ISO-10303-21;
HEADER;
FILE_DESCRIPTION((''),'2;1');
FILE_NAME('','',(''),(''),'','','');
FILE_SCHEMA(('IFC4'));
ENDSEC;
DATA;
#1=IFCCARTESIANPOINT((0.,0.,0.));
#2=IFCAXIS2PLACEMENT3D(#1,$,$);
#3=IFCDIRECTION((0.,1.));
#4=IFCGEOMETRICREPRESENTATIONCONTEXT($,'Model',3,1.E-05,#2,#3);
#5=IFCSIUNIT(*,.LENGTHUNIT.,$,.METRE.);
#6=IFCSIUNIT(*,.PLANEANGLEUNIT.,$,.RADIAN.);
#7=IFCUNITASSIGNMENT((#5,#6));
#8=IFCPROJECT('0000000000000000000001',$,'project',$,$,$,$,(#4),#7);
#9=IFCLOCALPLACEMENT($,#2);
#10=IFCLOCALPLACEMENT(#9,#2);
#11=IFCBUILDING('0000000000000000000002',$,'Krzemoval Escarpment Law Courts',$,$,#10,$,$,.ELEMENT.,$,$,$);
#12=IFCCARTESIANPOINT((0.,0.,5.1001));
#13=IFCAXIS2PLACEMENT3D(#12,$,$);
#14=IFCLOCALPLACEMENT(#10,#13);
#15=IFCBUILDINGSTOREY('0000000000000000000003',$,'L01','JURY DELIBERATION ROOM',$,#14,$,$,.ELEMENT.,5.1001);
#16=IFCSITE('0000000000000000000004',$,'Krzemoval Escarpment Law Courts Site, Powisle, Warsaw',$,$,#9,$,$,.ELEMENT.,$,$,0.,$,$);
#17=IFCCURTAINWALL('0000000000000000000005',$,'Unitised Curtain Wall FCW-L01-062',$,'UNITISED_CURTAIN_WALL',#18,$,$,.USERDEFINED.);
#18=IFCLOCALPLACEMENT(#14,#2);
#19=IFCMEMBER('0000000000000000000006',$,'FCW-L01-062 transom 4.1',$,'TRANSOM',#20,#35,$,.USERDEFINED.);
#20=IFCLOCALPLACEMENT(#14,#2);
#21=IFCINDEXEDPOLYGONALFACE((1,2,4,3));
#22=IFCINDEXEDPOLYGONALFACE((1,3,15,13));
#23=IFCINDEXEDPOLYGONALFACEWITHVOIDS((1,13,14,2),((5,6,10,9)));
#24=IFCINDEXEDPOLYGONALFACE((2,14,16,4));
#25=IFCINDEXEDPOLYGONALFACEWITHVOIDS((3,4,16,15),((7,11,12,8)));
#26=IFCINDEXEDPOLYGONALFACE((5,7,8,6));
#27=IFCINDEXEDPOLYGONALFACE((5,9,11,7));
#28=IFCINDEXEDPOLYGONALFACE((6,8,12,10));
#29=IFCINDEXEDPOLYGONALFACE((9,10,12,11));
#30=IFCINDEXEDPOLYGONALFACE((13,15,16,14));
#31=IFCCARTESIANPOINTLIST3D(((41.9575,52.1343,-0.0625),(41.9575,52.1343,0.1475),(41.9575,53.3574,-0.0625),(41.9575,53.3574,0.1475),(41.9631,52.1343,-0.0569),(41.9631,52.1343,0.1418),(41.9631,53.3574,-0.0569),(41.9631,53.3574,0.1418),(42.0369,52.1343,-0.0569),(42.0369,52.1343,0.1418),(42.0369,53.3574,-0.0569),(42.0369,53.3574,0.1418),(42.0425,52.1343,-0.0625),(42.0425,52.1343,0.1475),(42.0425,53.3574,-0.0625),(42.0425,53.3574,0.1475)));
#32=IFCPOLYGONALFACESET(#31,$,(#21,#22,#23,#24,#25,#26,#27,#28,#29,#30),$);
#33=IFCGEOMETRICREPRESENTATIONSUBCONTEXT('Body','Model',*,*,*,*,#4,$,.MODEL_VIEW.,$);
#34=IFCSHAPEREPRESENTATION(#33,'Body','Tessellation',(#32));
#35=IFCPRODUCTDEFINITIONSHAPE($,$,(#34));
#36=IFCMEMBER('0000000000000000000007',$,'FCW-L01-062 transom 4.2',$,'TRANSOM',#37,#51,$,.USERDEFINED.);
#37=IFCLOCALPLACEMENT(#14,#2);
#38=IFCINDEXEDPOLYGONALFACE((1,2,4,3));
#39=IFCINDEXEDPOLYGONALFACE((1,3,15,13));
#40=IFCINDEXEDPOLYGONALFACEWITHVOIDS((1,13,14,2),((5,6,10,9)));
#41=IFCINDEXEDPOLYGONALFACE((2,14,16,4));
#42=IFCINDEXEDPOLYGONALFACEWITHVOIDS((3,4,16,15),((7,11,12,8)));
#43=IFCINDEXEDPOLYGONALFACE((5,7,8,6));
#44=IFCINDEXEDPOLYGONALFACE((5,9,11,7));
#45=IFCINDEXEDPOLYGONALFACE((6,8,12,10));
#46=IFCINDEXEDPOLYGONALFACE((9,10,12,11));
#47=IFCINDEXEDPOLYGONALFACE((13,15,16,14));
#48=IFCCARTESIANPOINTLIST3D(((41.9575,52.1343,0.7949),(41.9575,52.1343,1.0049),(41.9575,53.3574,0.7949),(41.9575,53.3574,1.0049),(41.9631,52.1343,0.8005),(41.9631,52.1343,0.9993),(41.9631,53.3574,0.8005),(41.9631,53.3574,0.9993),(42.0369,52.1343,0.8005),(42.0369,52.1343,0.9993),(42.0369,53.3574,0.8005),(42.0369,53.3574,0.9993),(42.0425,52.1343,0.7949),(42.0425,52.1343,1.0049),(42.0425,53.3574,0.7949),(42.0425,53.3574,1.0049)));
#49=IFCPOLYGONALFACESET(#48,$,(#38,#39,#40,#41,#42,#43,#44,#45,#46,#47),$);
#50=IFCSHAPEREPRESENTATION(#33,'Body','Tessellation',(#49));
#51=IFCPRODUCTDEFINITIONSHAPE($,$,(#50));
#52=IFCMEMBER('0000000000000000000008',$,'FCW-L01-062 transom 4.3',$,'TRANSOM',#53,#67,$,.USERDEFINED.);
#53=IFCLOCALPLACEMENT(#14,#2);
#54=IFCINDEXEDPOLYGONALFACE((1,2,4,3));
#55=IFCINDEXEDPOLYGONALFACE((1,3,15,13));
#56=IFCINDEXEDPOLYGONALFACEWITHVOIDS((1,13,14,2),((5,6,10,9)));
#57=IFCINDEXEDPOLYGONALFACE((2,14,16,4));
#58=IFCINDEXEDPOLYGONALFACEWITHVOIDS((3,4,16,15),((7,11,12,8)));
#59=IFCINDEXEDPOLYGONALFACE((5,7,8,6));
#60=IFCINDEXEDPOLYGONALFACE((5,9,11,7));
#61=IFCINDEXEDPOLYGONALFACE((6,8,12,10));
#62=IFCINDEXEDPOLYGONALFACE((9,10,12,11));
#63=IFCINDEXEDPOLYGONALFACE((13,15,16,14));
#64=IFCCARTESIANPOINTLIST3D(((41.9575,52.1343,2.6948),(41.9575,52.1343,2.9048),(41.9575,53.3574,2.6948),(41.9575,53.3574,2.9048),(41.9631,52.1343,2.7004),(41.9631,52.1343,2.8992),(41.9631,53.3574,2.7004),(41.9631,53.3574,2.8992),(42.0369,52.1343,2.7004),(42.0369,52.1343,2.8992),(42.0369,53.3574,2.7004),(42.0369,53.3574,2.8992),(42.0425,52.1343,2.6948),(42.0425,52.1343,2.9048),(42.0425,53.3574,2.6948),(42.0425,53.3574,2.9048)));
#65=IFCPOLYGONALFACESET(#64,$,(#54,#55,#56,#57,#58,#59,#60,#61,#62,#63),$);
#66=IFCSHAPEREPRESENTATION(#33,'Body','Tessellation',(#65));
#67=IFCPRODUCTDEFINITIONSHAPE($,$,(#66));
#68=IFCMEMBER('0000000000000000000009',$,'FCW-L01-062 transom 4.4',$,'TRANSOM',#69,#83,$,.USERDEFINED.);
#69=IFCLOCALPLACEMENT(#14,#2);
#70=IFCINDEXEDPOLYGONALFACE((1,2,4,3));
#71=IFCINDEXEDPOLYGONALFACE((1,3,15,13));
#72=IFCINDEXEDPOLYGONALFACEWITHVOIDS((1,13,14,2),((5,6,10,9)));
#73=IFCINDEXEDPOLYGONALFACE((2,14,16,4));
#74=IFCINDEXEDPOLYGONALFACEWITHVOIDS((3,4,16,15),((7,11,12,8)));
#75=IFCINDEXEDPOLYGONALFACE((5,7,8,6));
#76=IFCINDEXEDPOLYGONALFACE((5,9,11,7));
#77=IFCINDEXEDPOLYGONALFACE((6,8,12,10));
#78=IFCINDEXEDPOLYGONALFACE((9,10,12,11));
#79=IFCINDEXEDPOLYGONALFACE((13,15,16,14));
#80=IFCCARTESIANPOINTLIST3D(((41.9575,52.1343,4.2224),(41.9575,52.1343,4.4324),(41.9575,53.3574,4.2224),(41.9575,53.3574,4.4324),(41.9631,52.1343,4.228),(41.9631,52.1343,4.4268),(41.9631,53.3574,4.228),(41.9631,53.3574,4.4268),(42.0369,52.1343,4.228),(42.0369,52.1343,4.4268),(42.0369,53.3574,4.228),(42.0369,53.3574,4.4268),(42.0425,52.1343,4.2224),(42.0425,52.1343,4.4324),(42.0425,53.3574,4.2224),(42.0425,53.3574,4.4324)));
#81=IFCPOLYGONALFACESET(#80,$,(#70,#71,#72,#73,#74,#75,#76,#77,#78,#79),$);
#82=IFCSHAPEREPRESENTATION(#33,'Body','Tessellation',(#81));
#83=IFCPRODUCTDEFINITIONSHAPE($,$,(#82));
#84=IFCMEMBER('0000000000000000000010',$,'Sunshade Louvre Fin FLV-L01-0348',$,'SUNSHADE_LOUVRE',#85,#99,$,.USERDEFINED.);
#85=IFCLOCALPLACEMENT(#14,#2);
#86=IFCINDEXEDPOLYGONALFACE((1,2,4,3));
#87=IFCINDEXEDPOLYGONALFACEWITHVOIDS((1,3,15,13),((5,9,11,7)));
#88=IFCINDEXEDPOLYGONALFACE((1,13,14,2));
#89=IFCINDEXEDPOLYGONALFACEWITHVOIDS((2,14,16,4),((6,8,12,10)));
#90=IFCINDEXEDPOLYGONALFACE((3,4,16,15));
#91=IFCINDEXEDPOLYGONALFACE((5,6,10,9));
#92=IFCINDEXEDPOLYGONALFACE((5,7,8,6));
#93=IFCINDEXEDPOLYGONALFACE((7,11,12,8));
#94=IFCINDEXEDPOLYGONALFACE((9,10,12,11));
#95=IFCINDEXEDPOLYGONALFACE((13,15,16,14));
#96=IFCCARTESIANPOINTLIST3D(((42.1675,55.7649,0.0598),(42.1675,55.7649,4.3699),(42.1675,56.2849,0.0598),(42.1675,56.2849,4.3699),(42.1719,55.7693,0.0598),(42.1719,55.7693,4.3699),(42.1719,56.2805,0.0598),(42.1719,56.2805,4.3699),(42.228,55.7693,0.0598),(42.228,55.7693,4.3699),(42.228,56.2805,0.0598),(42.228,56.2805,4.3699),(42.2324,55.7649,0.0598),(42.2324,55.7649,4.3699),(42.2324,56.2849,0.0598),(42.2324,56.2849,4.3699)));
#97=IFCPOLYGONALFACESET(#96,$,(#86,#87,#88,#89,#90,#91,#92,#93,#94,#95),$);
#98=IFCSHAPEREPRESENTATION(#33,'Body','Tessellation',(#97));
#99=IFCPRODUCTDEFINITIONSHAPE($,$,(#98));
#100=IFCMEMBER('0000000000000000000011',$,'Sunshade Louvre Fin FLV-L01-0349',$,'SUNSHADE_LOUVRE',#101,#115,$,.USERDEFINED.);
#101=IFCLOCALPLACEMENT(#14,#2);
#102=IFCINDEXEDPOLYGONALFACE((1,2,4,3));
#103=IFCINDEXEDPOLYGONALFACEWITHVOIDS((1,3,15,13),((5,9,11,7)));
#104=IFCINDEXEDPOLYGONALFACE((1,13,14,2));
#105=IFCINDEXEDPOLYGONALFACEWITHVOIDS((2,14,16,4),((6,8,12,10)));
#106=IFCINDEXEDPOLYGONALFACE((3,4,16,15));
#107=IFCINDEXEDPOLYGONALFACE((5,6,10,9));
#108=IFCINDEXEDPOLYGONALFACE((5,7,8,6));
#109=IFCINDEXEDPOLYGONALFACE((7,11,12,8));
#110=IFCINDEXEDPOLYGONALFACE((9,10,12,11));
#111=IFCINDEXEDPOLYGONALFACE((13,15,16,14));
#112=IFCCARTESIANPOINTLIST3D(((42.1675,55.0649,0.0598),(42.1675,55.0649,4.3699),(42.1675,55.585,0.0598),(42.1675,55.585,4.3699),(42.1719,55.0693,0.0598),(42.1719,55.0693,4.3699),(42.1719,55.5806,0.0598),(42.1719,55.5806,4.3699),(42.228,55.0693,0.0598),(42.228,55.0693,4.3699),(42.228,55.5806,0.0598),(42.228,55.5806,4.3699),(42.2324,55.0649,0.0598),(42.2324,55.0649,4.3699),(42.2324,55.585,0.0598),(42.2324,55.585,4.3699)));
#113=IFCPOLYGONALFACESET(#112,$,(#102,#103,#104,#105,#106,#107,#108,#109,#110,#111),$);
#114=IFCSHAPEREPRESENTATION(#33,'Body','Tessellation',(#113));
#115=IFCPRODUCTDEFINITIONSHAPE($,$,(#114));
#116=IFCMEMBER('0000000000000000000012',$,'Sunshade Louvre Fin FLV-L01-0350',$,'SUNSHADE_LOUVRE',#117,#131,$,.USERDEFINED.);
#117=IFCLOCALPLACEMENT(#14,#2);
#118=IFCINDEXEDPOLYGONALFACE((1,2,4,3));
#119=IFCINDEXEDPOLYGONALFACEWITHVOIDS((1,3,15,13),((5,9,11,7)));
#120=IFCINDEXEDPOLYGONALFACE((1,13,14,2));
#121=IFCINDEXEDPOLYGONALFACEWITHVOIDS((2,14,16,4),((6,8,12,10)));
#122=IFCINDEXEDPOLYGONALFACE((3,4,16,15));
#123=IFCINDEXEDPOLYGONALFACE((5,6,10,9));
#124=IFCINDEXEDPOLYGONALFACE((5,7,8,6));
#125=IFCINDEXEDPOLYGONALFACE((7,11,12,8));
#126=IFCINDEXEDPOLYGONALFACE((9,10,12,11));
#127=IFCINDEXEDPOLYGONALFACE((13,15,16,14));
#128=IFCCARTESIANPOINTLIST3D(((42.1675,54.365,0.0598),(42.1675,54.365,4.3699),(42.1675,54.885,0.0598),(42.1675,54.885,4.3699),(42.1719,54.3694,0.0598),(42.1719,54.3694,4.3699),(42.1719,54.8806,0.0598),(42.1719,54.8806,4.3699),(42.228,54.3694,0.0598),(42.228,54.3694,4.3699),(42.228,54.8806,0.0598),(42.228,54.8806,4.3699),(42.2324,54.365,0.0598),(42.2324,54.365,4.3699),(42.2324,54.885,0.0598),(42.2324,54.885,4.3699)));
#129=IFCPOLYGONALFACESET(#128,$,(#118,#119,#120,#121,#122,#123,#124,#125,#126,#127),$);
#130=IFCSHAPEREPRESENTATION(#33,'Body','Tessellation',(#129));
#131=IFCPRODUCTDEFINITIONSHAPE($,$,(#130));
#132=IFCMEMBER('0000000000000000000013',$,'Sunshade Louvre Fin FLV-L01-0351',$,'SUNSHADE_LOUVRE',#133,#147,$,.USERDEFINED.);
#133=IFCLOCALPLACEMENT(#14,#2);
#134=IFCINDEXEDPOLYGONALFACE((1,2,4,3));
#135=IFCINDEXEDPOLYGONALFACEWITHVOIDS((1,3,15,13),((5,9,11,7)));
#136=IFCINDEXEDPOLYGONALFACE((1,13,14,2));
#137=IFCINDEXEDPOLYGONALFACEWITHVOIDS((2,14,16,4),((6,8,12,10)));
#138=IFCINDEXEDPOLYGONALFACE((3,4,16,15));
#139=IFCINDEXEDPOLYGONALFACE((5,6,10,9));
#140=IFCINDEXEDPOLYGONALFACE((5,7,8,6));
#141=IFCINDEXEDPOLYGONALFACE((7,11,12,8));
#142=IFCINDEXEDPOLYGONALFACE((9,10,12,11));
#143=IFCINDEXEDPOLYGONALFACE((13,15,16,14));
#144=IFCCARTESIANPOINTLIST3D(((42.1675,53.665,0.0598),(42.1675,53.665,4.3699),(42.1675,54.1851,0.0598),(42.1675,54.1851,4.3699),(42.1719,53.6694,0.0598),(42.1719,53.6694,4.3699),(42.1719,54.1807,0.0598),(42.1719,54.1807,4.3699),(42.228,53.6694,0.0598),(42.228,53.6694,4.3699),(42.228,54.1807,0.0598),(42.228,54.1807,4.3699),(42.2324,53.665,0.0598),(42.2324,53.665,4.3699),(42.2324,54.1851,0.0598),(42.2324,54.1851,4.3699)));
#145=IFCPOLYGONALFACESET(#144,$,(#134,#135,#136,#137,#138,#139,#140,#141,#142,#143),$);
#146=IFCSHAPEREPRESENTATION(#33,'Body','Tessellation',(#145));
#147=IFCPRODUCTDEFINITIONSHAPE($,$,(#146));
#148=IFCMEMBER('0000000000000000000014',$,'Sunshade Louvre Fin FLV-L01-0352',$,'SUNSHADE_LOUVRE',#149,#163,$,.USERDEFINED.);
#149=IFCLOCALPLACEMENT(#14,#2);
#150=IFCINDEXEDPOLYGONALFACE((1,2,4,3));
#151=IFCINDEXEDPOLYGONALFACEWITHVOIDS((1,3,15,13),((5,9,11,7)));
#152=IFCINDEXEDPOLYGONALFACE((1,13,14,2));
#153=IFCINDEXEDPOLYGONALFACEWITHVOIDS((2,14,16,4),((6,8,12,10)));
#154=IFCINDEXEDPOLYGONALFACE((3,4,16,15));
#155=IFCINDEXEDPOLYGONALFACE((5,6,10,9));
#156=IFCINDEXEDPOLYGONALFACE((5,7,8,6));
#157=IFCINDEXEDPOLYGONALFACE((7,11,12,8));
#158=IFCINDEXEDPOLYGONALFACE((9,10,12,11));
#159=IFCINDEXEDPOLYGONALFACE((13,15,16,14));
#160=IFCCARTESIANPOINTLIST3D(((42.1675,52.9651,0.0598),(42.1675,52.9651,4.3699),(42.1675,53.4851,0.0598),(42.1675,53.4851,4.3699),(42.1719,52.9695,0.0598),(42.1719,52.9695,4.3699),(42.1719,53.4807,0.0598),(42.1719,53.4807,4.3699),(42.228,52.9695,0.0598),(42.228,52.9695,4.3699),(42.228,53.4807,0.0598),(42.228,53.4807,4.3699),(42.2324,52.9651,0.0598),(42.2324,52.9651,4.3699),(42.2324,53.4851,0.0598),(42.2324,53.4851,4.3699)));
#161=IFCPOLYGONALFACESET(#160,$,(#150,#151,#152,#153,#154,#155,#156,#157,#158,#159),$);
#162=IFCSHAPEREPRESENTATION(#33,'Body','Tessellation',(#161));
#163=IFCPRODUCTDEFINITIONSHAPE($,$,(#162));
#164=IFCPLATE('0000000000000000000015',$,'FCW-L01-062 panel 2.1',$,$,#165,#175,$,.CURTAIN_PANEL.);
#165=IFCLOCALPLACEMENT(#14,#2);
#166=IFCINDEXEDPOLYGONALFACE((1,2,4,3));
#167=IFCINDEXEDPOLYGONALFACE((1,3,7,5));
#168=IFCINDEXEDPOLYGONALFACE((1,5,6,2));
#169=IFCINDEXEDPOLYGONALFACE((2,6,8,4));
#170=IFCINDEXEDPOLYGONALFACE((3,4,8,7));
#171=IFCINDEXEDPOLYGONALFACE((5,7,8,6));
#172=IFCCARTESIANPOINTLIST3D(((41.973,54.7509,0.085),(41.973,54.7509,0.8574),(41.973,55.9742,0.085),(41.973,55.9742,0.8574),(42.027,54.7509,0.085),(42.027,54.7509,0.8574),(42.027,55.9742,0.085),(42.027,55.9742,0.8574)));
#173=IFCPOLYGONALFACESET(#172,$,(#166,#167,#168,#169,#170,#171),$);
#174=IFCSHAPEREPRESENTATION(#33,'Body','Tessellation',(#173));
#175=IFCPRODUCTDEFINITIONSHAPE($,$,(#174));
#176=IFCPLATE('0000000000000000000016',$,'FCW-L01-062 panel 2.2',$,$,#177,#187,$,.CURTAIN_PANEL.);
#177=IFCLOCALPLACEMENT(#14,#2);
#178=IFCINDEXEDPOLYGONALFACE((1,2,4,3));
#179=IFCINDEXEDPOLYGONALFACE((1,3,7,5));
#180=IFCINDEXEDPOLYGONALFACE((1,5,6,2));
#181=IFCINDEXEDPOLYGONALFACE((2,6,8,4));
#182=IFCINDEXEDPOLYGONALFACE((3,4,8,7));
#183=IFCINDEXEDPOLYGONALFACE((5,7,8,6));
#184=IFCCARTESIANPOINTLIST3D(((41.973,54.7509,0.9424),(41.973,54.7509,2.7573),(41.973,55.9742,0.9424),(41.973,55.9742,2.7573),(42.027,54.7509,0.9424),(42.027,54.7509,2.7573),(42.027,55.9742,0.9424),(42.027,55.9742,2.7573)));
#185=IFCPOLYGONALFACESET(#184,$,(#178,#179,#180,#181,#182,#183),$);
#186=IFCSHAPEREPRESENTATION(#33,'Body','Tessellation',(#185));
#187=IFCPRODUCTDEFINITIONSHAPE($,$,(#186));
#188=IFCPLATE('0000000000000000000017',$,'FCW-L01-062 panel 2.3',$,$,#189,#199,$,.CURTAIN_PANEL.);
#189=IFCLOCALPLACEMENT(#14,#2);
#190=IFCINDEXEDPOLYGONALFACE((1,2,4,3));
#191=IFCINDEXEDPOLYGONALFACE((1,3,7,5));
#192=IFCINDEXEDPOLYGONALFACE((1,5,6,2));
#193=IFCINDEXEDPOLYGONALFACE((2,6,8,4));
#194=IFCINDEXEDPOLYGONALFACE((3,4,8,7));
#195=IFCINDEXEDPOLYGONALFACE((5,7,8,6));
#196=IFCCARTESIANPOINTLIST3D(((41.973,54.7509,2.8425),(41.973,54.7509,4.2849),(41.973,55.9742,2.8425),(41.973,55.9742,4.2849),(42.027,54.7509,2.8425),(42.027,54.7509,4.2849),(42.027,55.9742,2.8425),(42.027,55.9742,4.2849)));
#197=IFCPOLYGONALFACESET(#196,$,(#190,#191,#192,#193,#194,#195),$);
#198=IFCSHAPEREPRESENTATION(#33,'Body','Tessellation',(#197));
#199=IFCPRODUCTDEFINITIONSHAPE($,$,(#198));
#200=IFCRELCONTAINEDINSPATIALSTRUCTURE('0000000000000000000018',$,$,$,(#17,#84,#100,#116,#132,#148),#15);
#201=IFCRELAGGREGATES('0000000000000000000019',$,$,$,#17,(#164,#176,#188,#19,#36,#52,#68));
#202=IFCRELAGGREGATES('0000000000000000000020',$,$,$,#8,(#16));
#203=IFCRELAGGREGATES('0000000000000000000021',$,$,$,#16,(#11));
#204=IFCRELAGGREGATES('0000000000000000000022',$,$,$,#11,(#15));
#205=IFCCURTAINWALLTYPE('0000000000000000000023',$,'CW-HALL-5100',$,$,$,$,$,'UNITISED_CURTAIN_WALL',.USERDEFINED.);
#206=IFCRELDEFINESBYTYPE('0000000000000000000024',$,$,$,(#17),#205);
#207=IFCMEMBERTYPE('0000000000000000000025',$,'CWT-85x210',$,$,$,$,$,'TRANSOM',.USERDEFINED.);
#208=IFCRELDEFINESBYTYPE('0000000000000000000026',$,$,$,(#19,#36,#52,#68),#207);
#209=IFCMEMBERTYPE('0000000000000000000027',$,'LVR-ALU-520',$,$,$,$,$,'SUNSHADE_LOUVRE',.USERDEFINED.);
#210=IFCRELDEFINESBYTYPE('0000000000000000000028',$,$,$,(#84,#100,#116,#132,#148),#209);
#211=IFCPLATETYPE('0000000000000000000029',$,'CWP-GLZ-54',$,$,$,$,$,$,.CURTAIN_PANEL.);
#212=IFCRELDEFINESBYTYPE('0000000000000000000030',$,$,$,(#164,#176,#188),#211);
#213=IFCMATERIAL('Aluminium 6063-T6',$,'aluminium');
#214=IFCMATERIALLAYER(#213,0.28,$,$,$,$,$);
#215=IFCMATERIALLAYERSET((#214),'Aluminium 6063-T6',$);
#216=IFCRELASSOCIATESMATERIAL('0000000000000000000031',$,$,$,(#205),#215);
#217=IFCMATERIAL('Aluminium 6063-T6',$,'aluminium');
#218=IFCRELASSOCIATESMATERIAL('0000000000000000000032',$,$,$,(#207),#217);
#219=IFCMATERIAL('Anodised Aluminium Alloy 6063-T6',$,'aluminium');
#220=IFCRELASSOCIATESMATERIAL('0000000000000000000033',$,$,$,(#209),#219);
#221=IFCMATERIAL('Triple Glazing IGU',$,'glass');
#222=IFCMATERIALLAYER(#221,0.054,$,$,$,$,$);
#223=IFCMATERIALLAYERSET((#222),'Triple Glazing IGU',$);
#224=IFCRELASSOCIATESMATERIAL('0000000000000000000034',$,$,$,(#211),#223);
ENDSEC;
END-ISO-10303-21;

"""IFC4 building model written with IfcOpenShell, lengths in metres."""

from ifc_helpers import new_model, si_unit, direction, frame, origin, origin_2d, place, context, subcontext, project, spatial, rectangle, hollow_rectangle, extrude, material, layer, layer_set, material_profile, profile_set, type_object, element, aggregate, save


model = new_model("IFC4")

# Units and contexts
model_context = context("Model", 3, precision=1e-05, world=origin(), true_north=direction((0.0, 1.0)))
body_context = subcontext(model_context, "Body", "Model", "MODEL_VIEW")
ifc_project = project(units=[si_unit("LENGTHUNIT", "METRE"), si_unit("PLANEANGLEUNIT", "RADIAN")], contexts=[model_context])

# Site, building, storey
site_placement = place(None, origin())
site = spatial("IfcSite", under=ifc_project, at=site_placement, Name="Krzemoval Escarpment Law Courts Site, Powisle, Warsaw", CompositionType="ELEMENT", RefElevation=0.0)
building_placement = place(site_placement, origin())
building = spatial("IfcBuilding", under=site, at=building_placement, Name="Krzemoval Escarpment Law Courts", CompositionType="ELEMENT")
storey_placement = place(building_placement, frame((0.0, 0.0, 5.1001)))
storey = spatial("IfcBuildingStorey", under=building, at=storey_placement, Name="L01", Description="JURY DELIBERATION ROOM", CompositionType="ELEMENT", Elevation=5.1001)

# Curtain wall, members
ifc_material_1 = material(Name="Aluminium 6063-T6", Category="aluminium")
ifc_layer_1 = layer(ifc_material_1, 0.28)
ifc_layer_set_1 = layer_set([ifc_layer_1], Name="Aluminium 6063-T6")
curtain_wall_type = type_object("IfcCurtainWallType", Name="CW-HALL-5100", ElementType="UNITISED_CURTAIN_WALL", PredefinedType="USERDEFINED", material=ifc_layer_set_1)
curtain_wall_placement = place(storey_placement, origin())
curtain_wall = element("IfcCurtainWall", 1, at=curtain_wall_placement, inside=storey, type_object=curtain_wall_type, Name="Unitised Curtain Wall FCW-L01-062", ObjectType="UNITISED_CURTAIN_WALL", PredefinedType="USERDEFINED")
ifc_material_2 = material(Name="Aluminium 6063-T6", Category="aluminium")
ifc_material_profile_1 = material_profile(ifc_material_2, hollow_rectangle(XDim=0.085, YDim=0.21, WallThickness=0.0056, at=origin_2d()), Name="ALU T85x210")
ifc_profile_set_1 = profile_set([ifc_material_profile_1], Name="Aluminium 6063-T6")
member_type_1 = type_object("IfcMemberType", Name="CWT-85x210", ElementType="TRANSOM", PredefinedType="USERDEFINED", material=ifc_profile_set_1)
member_1_placement = place(storey_placement, frame((42.0, 53.3574, 0.0425), z_axis=(0.0, -1.0, 0.0), x_axis=(1.0, 0.0, 0.0)))
member_1 = element("IfcMember", 2, at=member_1_placement, type_object=member_type_1, Name="FCW-L01-062 transom 4.1", ObjectType="TRANSOM", PredefinedType="USERDEFINED", context=body_context, shape_type="SweptSolid", body=[
    extrude(hollow_rectangle(XDim=0.085, YDim=0.21, WallThickness=0.0056, at=origin_2d()), origin(), (0.0, 0.0, 1.0), 1.2231),
])
member_2_placement = place(storey_placement, frame((42.0, 53.3574, 0.8999), z_axis=(0.0, -1.0, 0.0), x_axis=(1.0, 0.0, 0.0)))
member_2 = element("IfcMember", 3, at=member_2_placement, type_object=member_type_1, Name="FCW-L01-062 transom 4.2", ObjectType="TRANSOM", PredefinedType="USERDEFINED", context=body_context, shape_type="SweptSolid", body=[
    extrude(hollow_rectangle(XDim=0.085, YDim=0.21, WallThickness=0.0056, at=origin_2d()), origin(), (0.0, 0.0, 1.0), 1.2231),
])
member_3_placement = place(storey_placement, frame((42.0, 53.3574, 2.7998), z_axis=(0.0, -1.0, 0.0), x_axis=(1.0, 0.0, 0.0)))
member_3 = element("IfcMember", 4, at=member_3_placement, type_object=member_type_1, Name="FCW-L01-062 transom 4.3", ObjectType="TRANSOM", PredefinedType="USERDEFINED", context=body_context, shape_type="SweptSolid", body=[
    extrude(hollow_rectangle(XDim=0.085, YDim=0.21, WallThickness=0.0056, at=origin_2d()), origin(), (0.0, 0.0, 1.0), 1.2231),
])
member_4_placement = place(storey_placement, frame((42.0, 53.3574, 4.3274), z_axis=(0.0, -1.0, 0.0), x_axis=(1.0, 0.0, 0.0)))
member_4 = element("IfcMember", 5, at=member_4_placement, type_object=member_type_1, Name="FCW-L01-062 transom 4.4", ObjectType="TRANSOM", PredefinedType="USERDEFINED", context=body_context, shape_type="SweptSolid", body=[
    extrude(hollow_rectangle(XDim=0.085, YDim=0.21, WallThickness=0.0056, at=origin_2d()), origin(), (0.0, 0.0, 1.0), 1.2231),
])

# Members
ifc_material_3 = material(Name="Anodised Aluminium Alloy 6063-T6", Category="aluminium")
ifc_material_profile_2 = material_profile(ifc_material_3, hollow_rectangle(XDim=0.0649, YDim=0.52, WallThickness=0.0044, at=origin_2d()), Name="ALU LVR 65x520")
ifc_profile_set_2 = profile_set([ifc_material_profile_2], Name="Anodised Aluminium Alloy 6063-T6")
member_type_2 = type_object("IfcMemberType", Name="LVR-ALU-520", ElementType="SUNSHADE_LOUVRE", PredefinedType="USERDEFINED", material=ifc_profile_set_2)
for number, where, z_axis, x_axis, name in (
    (6, (42.2, 56.0249, 0.0598), (0.0, 0.0, 1.0), (1.0, 0.0, 0.0), "Sunshade Louvre Fin FLV-L01-0348"),
    (7, (42.2, 55.325, 0.0598), (0.0, 0.0, 1.0), (1.0, 0.0, 0.0), "Sunshade Louvre Fin FLV-L01-0349"),
    (8, (42.2, 54.625, 0.0598), (0.0, 0.0, 1.0), (1.0, 0.0, 0.0), "Sunshade Louvre Fin FLV-L01-0350"),
    (9, (42.2, 53.925, 0.0598), (0.0, 0.0, 1.0), (1.0, 0.0, 0.0), "Sunshade Louvre Fin FLV-L01-0351"),
    (10, (42.2, 53.2251, 0.0598), (0.0, 0.0, 1.0), (1.0, 0.0, 0.0), "Sunshade Louvre Fin FLV-L01-0352"),
):
    element("IfcMember", number, at=place(storey_placement, frame(where, z_axis=z_axis, x_axis=x_axis)), inside=storey, type_object=member_type_2, Name=name, ObjectType="SUNSHADE_LOUVRE", PredefinedType="USERDEFINED", context=body_context, shape_type="SweptSolid", body=[
        extrude(hollow_rectangle(XDim=0.0649, YDim=0.52, WallThickness=0.0044, at=origin_2d()), origin(), (0.0, 0.0, 1.0), 4.3101),
    ])

# Plates
ifc_material_4 = material(Name="Triple Glazing IGU", Category="glass")
ifc_layer_2 = layer(ifc_material_4, 0.054)
ifc_layer_set_2 = layer_set([ifc_layer_2], Name="Triple Glazing IGU")
plate_type = type_object("IfcPlateType", Name="CWP-GLZ-54", PredefinedType="CURTAIN_PANEL", material=ifc_layer_set_2)
plate_1_placement = place(storey_placement, frame((42.0, 55.3625, 0.085), z_axis=(0.0, 0.0, 1.0), x_axis=(0.0, -1.0, 0.0)))
plate_1 = element("IfcPlate", 11, at=plate_1_placement, type_object=plate_type, Name="FCW-L01-062 panel 2.1", PredefinedType="CURTAIN_PANEL", context=body_context, shape_type="SweptSolid", body=[
    extrude(rectangle(XDim=1.2234, YDim=0.054, at=origin_2d()), origin(), (0.0, 0.0, 1.0), 0.7725),
])
plate_2_placement = place(storey_placement, frame((42.0, 55.3625, 0.9424), z_axis=(0.0, 0.0, 1.0), x_axis=(0.0, -1.0, 0.0)))
plate_2 = element("IfcPlate", 12, at=plate_2_placement, type_object=plate_type, Name="FCW-L01-062 panel 2.2", PredefinedType="CURTAIN_PANEL", context=body_context, shape_type="SweptSolid", body=[
    extrude(rectangle(XDim=1.2234, YDim=0.054, at=origin_2d()), origin(), (0.0, 0.0, 1.0), 1.8149),
])
plate_3_placement = place(storey_placement, frame((42.0, 55.3625, 2.8425), z_axis=(0.0, 0.0, 1.0), x_axis=(0.0, -1.0, 0.0)))
plate_3 = element("IfcPlate", 13, at=plate_3_placement, type_object=plate_type, Name="FCW-L01-062 panel 2.3", PredefinedType="CURTAIN_PANEL", context=body_context, shape_type="SweptSolid", body=[
    extrude(rectangle(XDim=1.2234, YDim=0.054, at=origin_2d()), origin(), (0.0, 0.0, 1.0), 1.4424),
])
aggregate(curtain_wall, [plate_1, plate_2, plate_3, member_1, member_2, member_3, member_4])

save(model, "model.ifc")
